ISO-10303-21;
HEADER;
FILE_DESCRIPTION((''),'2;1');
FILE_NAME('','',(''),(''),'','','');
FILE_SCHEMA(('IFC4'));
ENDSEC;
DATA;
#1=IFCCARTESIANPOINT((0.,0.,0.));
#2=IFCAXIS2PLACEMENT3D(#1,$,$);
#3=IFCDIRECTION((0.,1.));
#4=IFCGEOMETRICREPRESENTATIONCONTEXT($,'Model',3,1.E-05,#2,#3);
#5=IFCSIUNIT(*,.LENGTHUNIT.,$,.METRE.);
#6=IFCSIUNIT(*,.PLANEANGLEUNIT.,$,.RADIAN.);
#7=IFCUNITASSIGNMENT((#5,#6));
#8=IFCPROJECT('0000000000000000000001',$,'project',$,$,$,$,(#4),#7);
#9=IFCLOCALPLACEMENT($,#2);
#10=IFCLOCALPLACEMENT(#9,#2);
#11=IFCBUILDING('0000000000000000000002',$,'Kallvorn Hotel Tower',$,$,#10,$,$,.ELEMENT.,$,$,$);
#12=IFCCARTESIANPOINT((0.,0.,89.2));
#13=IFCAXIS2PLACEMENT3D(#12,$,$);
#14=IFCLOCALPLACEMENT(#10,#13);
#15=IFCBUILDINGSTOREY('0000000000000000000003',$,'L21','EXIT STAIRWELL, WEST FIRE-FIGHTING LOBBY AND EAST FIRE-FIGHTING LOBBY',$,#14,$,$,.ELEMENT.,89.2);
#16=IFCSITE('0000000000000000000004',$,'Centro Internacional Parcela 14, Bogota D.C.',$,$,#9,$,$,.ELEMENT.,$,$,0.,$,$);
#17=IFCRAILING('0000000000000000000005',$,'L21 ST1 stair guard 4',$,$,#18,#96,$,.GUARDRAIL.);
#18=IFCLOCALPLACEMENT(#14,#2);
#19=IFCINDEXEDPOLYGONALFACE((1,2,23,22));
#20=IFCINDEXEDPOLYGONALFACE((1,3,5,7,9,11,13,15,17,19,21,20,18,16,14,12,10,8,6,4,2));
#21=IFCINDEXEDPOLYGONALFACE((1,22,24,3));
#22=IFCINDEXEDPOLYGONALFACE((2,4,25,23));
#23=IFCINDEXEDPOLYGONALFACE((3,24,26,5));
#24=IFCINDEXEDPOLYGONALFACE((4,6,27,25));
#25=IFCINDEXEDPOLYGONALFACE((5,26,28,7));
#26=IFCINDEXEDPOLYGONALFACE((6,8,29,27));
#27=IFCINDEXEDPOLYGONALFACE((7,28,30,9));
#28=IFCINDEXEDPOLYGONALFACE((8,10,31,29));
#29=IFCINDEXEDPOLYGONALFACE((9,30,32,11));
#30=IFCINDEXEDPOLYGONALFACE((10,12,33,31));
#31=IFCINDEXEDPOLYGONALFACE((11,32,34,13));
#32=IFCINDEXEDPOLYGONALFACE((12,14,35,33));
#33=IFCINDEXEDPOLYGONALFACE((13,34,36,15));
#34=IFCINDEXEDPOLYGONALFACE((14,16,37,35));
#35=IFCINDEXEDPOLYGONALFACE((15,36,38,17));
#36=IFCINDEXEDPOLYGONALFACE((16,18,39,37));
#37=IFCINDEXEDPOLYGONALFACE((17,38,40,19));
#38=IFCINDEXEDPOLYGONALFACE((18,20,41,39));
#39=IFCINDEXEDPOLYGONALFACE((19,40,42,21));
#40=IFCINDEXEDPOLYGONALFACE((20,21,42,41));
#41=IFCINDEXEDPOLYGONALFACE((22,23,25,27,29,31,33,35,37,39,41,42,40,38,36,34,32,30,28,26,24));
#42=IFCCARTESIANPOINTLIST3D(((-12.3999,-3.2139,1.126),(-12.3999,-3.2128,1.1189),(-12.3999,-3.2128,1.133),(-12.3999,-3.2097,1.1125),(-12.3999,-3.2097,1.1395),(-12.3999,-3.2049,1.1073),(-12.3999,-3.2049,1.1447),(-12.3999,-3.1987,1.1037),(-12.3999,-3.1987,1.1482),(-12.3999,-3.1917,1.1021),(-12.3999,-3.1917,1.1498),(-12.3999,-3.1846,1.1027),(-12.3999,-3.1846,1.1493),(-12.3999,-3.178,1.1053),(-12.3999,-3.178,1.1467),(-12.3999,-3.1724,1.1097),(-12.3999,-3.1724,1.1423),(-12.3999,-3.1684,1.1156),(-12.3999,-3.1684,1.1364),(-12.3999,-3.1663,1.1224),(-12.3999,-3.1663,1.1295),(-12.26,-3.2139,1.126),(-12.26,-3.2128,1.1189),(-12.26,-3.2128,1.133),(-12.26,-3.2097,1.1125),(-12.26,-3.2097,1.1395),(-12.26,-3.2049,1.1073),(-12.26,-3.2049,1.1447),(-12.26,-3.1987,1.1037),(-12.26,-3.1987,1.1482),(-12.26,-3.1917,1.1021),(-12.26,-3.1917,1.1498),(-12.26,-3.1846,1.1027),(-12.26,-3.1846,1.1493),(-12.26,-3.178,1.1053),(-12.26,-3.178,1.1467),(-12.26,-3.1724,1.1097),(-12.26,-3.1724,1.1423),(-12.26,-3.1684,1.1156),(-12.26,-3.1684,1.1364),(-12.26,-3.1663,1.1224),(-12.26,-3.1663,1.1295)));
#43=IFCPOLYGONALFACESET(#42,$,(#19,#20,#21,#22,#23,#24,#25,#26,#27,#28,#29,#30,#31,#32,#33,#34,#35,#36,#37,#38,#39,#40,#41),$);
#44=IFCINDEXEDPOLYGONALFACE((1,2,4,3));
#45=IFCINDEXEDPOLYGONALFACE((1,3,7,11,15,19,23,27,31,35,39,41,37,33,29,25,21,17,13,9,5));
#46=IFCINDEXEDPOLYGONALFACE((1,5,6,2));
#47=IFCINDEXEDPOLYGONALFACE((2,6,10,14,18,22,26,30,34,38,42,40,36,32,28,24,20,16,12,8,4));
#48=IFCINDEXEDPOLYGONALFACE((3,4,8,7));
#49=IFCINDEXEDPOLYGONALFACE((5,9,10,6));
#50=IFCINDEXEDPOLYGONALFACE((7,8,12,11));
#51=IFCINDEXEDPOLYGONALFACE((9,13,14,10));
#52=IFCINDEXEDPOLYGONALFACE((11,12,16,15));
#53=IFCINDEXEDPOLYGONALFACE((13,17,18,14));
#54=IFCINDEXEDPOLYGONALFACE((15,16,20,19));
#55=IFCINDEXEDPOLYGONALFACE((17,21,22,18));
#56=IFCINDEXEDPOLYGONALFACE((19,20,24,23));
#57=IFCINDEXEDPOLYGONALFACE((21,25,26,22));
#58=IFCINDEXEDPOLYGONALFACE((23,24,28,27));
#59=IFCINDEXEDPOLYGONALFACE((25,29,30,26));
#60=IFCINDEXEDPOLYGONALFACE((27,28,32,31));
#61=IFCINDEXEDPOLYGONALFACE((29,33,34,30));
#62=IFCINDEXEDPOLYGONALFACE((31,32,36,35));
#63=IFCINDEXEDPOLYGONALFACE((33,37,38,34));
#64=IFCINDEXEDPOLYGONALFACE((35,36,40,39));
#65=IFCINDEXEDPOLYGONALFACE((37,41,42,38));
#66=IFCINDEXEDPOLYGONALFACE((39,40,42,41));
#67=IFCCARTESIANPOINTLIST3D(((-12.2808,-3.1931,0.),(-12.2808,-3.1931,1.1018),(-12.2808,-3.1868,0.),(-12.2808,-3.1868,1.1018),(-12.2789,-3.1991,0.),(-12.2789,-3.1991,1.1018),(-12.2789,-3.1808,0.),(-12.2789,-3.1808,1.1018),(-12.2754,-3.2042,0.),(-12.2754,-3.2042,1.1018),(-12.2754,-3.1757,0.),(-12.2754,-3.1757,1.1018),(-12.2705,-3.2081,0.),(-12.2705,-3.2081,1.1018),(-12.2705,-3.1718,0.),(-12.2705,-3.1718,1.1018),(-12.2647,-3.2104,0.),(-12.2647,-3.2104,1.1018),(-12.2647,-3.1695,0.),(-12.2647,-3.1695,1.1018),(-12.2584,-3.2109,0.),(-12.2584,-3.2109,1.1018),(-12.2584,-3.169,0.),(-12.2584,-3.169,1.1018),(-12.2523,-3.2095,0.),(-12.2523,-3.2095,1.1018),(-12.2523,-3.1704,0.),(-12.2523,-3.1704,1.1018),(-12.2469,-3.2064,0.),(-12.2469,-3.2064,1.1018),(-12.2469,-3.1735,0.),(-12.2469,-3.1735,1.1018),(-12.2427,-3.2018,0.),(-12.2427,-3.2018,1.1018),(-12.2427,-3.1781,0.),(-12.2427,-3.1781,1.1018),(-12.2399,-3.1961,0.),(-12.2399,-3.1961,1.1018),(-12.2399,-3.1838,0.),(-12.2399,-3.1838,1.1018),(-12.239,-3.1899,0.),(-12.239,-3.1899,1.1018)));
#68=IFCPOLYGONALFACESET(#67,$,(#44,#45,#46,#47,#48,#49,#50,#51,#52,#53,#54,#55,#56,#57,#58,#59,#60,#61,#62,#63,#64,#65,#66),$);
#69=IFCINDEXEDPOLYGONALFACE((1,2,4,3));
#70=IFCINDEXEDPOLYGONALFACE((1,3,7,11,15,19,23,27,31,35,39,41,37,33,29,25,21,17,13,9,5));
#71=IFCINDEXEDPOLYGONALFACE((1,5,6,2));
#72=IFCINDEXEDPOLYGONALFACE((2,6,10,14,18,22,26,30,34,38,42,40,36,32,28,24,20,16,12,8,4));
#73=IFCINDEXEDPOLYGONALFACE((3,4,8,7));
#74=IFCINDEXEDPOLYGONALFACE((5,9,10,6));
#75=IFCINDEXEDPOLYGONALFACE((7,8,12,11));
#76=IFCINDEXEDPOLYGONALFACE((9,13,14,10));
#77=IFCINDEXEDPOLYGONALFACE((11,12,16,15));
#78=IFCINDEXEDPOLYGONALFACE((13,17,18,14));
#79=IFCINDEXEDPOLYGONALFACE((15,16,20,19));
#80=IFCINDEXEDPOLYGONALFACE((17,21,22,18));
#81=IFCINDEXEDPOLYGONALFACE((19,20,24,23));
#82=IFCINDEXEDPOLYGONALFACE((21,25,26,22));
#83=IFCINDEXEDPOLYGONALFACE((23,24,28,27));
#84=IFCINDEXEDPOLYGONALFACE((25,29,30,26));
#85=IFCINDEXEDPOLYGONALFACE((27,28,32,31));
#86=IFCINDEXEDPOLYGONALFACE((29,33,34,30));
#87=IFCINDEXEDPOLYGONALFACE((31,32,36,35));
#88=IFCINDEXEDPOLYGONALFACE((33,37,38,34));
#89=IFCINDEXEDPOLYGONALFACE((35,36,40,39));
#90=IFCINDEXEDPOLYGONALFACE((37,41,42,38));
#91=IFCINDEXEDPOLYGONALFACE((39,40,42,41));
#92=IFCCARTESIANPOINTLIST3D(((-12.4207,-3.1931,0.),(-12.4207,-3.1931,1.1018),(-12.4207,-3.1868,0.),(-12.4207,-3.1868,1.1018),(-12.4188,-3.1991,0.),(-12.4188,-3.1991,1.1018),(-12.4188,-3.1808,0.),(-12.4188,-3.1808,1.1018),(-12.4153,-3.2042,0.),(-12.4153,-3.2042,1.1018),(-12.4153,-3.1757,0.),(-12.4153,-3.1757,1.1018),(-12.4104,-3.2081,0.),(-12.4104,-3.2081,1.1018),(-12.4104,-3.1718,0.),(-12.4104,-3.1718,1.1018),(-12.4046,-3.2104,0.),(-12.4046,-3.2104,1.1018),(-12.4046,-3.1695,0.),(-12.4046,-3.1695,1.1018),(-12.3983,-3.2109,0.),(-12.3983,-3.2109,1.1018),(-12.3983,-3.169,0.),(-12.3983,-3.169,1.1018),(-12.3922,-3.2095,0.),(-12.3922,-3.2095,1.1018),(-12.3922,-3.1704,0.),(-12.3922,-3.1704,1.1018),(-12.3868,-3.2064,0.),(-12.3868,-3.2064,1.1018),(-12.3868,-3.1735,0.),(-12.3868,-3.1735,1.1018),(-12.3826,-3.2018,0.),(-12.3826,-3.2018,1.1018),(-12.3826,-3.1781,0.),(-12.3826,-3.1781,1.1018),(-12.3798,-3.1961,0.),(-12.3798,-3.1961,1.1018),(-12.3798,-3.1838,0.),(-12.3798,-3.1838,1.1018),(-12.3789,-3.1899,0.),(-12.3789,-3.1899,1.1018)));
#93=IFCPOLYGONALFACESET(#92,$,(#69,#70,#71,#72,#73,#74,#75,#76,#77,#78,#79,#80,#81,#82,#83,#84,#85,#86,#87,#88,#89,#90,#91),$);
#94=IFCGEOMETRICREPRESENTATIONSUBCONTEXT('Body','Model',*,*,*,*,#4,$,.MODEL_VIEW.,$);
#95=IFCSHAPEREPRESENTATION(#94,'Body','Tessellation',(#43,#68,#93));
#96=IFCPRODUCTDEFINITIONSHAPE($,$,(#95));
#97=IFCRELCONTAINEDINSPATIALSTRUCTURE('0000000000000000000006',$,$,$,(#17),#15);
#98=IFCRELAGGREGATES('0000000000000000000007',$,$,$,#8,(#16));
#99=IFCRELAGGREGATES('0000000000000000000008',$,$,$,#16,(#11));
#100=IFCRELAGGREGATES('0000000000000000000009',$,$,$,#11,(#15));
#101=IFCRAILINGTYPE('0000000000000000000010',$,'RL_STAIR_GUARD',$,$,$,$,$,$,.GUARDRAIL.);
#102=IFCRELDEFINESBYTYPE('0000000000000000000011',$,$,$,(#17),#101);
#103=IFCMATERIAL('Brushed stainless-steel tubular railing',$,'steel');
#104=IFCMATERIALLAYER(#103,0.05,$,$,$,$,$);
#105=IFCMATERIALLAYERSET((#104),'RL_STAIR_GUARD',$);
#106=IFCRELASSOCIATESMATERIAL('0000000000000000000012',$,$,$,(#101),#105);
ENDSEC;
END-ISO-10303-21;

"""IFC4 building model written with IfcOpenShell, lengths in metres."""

from ifc_helpers import new_model, si_unit, direction, frame, origin, origin_2d, place, context, subcontext, project, spatial, circle, extrude, material, layer, layer_set, type_object, element, save


model = new_model("IFC4")

# Units and contexts
model_context = context("Model", 3, precision=1e-05, world=origin(), true_north=direction((0.0, 1.0)))
body_context = subcontext(model_context, "Body", "Model", "MODEL_VIEW")
ifc_project = project(units=[si_unit("LENGTHUNIT", "METRE"), si_unit("PLANEANGLEUNIT", "RADIAN")], contexts=[model_context])

# Site, building, storey
site_placement = place(None, origin())
site = spatial("IfcSite", under=ifc_project, at=site_placement, Name="Centro Internacional Parcela 14, Bogota D.C.", CompositionType="ELEMENT", RefElevation=0.0)
building_placement = place(site_placement, origin())
building = spatial("IfcBuilding", under=site, at=building_placement, Name="Kallvorn Hotel Tower", CompositionType="ELEMENT")
storey_placement = place(building_placement, frame((0.0, 0.0, 89.2)))
storey = spatial("IfcBuildingStorey", under=building, at=storey_placement, Name="L21", Description="EXIT STAIRWELL, WEST FIRE-FIGHTING LOBBY AND EAST FIRE-FIGHTING LOBBY", CompositionType="ELEMENT", Elevation=89.2)

# Railing
ifc_material_1 = material(Name="Brushed stainless-steel tubular railing", Category="steel")
ifc_layer_1 = layer(ifc_material_1, 0.05)
ifc_layer_set_1 = layer_set([ifc_layer_1], Name="RL_STAIR_GUARD")
railing_type_1 = type_object("IfcRailingType", Name="RL_STAIR_GUARD", PredefinedType="GUARDRAIL", material=ifc_layer_set_1)
railing_1_placement = place(storey_placement, frame((-12.26, -3.1899, 0.0)))
element("IfcRailing", 1, at=railing_1_placement, inside=storey, type_object=railing_type_1, Name="L21 ST1 stair guard 4", PredefinedType="GUARDRAIL", context=body_context, shape_type="SweptSolid", body=[
    extrude(circle(Radius=0.0239, at=origin_2d()), frame((0.0, 0.0, 1.126), z_axis=(-1.0, 0.0, 0.0), x_axis=(0.0, -1.0, 0.0)), (0.0, 0.0, 1.0), 0.1399),
    extrude(circle(Radius=0.021, at=origin_2d()), origin(), (0.0, 0.0, 1.0), 1.1018),
    extrude(circle(Radius=0.021, at=origin_2d()), frame((-0.1399, 0.0, 0.0)), (0.0, 0.0, 1.0), 1.1018),
])

save(model, "model.ifc")
